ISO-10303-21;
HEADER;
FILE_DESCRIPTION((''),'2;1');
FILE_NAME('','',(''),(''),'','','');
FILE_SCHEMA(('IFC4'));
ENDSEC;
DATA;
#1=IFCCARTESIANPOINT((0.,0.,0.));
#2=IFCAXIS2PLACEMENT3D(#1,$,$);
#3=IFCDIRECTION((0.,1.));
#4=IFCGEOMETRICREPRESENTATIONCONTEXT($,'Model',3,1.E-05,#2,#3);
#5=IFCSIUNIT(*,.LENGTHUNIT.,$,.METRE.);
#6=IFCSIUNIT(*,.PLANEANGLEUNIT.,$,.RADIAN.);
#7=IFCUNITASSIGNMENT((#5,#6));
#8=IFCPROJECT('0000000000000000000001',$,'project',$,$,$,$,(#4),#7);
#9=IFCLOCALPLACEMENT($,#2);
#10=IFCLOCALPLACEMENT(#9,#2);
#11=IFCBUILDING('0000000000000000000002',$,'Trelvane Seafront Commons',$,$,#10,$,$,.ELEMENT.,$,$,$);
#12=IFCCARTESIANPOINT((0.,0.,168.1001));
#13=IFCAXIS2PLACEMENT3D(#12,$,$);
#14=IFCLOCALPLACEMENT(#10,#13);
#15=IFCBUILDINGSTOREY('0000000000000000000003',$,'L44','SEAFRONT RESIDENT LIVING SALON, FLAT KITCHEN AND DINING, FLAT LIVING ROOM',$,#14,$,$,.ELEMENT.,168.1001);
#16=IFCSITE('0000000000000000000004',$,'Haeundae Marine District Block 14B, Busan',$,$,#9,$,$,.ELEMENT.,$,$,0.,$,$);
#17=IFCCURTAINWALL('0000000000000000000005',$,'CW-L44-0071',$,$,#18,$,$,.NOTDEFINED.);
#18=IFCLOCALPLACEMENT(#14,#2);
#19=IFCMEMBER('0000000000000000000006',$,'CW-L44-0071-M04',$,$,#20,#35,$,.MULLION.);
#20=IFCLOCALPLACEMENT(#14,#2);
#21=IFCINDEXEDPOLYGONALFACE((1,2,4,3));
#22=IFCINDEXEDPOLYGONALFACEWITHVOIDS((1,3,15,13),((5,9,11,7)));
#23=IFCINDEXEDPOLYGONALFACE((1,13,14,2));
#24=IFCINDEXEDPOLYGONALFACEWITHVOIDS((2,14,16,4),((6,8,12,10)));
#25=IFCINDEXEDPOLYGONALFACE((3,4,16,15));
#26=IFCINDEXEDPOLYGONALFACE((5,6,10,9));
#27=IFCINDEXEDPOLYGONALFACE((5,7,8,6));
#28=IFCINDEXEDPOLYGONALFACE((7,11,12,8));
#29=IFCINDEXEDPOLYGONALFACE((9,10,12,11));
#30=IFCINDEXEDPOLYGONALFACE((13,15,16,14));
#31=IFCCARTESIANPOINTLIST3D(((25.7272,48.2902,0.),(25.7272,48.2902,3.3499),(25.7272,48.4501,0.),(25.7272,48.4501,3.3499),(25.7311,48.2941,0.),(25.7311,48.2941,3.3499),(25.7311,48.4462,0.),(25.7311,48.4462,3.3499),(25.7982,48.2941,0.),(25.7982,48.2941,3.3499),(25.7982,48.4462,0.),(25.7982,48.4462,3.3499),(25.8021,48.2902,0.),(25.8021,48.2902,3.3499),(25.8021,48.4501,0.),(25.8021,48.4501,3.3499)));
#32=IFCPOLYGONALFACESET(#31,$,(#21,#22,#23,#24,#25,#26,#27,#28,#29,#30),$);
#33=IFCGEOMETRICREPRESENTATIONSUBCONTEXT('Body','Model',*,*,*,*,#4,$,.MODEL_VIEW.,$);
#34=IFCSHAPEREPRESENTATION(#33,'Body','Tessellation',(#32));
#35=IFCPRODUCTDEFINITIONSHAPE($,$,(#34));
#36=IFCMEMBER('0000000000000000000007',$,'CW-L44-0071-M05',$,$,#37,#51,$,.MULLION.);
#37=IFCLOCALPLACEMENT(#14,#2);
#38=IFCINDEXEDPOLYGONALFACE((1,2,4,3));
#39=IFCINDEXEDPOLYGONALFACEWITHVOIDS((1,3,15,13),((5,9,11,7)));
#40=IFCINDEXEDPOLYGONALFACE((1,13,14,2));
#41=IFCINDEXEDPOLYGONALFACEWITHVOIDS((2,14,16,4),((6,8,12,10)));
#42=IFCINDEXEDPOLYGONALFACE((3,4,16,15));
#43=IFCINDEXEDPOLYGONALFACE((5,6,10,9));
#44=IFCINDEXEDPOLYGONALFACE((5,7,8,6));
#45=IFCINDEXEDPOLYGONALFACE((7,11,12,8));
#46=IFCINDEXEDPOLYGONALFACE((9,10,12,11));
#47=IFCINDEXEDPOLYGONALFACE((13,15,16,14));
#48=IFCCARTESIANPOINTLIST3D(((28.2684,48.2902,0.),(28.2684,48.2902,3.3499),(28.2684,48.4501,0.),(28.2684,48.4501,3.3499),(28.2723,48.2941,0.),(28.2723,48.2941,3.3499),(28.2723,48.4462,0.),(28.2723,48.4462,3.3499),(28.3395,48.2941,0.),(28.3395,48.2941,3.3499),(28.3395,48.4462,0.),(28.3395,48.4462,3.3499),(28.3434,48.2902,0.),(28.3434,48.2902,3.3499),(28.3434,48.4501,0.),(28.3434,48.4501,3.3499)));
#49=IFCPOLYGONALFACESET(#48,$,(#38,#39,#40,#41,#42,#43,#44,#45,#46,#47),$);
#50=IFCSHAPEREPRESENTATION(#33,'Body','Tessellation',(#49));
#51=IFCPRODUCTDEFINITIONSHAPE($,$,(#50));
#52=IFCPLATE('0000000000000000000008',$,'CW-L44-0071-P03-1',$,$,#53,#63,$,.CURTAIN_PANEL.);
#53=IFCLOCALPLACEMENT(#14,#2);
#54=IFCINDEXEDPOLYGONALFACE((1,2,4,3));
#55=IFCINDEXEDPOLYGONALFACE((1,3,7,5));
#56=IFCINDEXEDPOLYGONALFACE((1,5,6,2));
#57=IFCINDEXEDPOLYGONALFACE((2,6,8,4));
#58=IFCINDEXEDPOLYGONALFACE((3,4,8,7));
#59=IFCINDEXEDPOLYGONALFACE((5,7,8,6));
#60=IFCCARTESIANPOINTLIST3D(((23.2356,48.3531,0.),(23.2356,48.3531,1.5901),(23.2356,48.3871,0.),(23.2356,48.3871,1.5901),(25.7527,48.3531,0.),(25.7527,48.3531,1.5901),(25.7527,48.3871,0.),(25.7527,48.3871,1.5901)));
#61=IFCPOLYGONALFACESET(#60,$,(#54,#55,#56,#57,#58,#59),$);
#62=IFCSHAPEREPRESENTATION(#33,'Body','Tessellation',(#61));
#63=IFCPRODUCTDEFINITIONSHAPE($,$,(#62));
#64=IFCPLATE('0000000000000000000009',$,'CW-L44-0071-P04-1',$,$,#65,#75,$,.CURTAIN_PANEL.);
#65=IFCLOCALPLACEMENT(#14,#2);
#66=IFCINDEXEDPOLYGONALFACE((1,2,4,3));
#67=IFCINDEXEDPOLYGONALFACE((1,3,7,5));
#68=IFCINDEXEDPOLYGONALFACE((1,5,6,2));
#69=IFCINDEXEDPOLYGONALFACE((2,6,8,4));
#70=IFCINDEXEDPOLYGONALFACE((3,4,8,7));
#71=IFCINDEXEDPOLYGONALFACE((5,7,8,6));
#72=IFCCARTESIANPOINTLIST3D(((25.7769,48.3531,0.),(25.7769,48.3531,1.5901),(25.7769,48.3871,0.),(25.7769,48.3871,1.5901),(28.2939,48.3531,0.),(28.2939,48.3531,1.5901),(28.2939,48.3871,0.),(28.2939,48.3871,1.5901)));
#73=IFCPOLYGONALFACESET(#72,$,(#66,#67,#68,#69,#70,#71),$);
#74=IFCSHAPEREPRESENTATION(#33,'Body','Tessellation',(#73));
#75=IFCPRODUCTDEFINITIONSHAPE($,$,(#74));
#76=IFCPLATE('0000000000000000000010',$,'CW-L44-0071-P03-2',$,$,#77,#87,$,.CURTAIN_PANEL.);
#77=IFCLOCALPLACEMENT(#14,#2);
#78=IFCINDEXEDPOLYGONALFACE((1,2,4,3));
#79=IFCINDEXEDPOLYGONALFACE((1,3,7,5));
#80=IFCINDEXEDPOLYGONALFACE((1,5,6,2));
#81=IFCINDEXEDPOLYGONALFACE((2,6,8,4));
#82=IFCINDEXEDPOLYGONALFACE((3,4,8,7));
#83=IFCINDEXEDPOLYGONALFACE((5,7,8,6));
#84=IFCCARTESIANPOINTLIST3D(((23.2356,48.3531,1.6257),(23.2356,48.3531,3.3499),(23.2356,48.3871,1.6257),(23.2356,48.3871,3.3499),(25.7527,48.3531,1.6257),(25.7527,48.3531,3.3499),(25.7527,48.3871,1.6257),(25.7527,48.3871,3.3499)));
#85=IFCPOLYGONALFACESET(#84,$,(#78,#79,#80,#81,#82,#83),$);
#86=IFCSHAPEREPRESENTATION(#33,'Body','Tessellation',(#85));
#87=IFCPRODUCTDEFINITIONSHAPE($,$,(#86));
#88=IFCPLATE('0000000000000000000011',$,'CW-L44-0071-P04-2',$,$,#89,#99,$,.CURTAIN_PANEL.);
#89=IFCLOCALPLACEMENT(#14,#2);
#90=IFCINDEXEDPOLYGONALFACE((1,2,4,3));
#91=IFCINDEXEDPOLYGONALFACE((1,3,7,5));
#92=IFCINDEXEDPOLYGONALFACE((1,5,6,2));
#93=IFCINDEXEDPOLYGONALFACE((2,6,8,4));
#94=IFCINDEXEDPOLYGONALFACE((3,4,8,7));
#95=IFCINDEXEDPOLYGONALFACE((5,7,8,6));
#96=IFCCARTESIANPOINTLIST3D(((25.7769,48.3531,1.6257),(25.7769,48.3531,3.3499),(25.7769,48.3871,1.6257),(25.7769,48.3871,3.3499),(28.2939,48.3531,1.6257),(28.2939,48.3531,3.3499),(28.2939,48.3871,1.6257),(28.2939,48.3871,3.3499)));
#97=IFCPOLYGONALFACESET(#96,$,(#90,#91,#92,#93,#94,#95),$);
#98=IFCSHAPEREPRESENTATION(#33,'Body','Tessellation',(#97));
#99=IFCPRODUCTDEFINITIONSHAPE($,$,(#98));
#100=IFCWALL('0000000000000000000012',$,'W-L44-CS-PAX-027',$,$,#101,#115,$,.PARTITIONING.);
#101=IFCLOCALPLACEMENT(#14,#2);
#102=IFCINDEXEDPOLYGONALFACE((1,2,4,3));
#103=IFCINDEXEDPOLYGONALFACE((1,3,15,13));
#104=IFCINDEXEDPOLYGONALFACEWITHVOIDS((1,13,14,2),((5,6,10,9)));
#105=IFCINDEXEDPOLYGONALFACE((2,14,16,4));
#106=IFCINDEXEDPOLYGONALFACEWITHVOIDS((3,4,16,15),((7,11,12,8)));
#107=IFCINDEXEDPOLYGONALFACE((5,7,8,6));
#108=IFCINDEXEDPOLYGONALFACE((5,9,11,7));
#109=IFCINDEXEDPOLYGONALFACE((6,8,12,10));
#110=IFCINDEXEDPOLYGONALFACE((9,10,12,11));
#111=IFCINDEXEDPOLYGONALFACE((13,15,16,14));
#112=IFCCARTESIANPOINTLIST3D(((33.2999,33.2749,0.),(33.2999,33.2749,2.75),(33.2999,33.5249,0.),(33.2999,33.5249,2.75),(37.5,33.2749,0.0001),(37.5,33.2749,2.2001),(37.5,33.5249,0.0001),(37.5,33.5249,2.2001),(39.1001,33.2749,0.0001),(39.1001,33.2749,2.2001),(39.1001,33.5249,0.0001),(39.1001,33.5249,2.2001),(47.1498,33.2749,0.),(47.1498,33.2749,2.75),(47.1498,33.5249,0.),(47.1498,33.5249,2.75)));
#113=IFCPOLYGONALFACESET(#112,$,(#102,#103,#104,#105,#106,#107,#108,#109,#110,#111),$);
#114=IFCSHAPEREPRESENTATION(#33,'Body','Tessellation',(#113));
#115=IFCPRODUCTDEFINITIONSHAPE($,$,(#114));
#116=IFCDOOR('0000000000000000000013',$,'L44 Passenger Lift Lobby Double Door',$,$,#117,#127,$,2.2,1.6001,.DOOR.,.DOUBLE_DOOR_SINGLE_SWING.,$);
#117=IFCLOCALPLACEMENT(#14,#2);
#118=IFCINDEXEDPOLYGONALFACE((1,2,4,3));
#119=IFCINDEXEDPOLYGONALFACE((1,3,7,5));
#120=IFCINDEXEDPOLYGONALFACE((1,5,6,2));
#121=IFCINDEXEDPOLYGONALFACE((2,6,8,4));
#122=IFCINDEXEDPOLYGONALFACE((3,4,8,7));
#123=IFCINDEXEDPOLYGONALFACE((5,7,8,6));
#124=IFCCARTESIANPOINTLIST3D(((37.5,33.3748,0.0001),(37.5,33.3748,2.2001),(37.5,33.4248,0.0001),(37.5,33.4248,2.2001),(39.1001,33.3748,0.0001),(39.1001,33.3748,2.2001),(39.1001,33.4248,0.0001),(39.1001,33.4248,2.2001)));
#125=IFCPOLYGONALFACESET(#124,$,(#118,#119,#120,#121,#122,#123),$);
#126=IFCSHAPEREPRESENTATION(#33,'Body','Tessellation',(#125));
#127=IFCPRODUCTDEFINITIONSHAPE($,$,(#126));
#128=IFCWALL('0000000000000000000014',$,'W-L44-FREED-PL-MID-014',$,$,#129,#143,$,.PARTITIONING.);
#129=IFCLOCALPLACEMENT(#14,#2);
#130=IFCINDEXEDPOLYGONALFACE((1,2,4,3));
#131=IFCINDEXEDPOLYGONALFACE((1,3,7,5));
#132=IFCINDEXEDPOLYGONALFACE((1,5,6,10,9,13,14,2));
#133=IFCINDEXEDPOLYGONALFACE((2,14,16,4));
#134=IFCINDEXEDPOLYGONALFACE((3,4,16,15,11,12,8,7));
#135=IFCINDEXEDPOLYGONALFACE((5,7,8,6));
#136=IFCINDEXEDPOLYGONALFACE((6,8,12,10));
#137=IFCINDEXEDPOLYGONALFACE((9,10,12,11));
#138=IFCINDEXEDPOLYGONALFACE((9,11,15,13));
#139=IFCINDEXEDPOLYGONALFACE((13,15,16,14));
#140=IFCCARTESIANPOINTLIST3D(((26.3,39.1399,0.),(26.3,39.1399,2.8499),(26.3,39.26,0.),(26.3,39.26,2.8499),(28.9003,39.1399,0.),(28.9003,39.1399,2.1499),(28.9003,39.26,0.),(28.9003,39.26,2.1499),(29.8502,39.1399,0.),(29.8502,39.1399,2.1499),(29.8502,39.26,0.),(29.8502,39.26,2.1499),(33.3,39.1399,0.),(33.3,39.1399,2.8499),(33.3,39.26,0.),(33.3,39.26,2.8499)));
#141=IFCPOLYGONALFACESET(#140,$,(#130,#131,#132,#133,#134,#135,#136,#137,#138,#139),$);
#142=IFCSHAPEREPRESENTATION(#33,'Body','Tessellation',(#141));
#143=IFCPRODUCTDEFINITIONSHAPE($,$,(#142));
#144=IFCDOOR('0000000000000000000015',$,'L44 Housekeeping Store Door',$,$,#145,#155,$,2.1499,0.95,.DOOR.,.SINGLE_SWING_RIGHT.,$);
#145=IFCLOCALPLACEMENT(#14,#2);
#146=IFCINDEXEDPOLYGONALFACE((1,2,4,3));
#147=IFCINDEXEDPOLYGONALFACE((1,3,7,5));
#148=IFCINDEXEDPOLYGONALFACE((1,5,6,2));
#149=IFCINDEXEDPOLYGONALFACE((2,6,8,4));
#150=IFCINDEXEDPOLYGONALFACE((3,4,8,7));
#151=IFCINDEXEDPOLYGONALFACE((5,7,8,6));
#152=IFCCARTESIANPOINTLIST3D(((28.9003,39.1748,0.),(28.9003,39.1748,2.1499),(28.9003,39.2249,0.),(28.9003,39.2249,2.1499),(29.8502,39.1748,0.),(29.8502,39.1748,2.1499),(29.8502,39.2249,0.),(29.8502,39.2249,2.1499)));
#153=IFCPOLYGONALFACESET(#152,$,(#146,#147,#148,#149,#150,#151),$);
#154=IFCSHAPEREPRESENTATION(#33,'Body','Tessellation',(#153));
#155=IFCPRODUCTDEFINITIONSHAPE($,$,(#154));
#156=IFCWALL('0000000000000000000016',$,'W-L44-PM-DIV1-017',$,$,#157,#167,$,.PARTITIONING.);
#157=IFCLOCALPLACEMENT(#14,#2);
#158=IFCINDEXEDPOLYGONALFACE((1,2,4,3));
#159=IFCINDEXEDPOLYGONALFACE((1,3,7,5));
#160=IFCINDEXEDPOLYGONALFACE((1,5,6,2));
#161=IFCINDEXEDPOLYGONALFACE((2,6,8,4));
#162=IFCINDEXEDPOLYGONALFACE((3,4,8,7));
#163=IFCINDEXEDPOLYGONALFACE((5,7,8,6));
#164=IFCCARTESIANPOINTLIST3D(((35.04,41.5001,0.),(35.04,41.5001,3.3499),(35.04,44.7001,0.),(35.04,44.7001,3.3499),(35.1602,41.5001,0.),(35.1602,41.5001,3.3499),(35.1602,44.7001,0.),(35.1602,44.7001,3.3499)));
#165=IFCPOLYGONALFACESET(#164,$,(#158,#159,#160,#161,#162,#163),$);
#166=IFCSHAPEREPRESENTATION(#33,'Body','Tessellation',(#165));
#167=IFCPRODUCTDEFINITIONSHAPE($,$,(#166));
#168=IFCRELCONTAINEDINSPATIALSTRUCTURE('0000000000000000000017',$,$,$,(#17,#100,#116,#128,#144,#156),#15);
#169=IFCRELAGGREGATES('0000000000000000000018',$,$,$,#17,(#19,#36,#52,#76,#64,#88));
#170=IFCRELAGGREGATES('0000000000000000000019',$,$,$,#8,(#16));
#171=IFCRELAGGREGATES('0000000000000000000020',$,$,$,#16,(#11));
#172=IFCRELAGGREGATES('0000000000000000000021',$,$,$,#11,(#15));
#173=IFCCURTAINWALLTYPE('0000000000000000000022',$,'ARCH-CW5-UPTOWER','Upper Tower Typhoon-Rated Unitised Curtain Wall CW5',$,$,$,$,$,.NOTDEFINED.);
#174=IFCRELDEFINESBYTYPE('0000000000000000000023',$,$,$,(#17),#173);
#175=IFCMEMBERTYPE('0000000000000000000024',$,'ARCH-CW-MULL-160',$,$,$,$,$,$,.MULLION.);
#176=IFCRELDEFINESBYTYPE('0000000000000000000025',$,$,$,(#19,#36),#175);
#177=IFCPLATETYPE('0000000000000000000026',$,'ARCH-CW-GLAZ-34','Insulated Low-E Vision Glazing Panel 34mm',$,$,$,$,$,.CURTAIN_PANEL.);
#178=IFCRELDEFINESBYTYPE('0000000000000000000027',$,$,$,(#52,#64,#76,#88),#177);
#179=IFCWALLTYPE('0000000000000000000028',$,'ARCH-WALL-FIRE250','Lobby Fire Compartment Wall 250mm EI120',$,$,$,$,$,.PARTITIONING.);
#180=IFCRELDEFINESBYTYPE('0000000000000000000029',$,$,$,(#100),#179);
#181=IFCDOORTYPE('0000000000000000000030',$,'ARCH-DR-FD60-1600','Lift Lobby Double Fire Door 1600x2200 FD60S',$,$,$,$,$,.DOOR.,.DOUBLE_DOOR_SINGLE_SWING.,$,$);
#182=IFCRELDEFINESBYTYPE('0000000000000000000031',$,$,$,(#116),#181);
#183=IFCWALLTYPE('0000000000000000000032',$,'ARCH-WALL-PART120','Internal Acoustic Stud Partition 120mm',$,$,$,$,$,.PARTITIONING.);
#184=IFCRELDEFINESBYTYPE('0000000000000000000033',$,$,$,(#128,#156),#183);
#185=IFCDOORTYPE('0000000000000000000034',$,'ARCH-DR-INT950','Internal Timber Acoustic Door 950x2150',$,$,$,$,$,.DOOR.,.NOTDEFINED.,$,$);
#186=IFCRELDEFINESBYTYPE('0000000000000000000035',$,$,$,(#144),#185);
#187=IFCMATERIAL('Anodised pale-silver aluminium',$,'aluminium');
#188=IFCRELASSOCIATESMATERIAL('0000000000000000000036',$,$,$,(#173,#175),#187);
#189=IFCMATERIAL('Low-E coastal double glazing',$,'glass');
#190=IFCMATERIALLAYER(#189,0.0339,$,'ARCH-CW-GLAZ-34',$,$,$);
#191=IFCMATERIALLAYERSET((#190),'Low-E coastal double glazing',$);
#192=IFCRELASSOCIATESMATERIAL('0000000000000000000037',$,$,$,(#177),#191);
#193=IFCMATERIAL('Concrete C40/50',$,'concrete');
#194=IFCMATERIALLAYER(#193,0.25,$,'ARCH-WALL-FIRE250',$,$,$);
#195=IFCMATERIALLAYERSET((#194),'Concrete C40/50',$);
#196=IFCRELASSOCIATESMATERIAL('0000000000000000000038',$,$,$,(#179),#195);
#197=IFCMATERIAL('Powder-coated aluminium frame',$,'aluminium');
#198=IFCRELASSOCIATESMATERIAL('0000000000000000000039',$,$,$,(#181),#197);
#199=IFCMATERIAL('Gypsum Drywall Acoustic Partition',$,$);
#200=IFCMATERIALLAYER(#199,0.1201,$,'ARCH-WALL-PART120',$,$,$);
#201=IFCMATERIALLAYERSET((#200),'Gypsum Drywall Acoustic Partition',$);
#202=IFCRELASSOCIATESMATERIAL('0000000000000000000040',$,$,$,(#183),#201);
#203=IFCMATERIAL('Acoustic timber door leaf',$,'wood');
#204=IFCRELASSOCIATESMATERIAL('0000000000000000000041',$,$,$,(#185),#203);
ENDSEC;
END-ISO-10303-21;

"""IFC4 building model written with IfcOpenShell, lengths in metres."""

from ifc_helpers import new_model, si_unit, direction, frame, frame_2d, origin, origin_2d, place, context, subcontext, project, spatial, rectangle, hollow_rectangle, extrude, source, transform, mapped, material, layer, layer_set, material_profile, profile_set, type_object, element, fill, aggregate, save


model = new_model("IFC4")

# Units and contexts
model_context = context("Model", 3, precision=1e-05, world=origin(), true_north=direction((0.0, 1.0)))
body_context = subcontext(model_context, "Body", "Model", "MODEL_VIEW")
ifc_project = project(units=[si_unit("LENGTHUNIT", "METRE"), si_unit("PLANEANGLEUNIT", "RADIAN")], contexts=[model_context])

# Site, building, storey
site_placement = place(None, origin())
site = spatial("IfcSite", under=ifc_project, at=site_placement, Name="Haeundae Marine District Block 14B, Busan", CompositionType="ELEMENT", RefElevation=0.0)
building_placement = place(site_placement, origin())
building = spatial("IfcBuilding", under=site, at=building_placement, Name="Trelvane Seafront Commons", CompositionType="ELEMENT")
storey_placement = place(building_placement, frame((0.0, 0.0, 168.1001)))
storey = spatial("IfcBuildingStorey", under=building, at=storey_placement, Name="L44", Description="SEAFRONT RESIDENT LIVING SALON, FLAT KITCHEN AND DINING, FLAT LIVING ROOM", CompositionType="ELEMENT", Elevation=168.1001)

# Curtain wall, members, plates
ifc_material_1 = material(Name="Anodised pale-silver aluminium", Category="aluminium")
curtain_wall_type = type_object("IfcCurtainWallType", Name="ARCH-CW5-UPTOWER", Description="Upper Tower Typhoon-Rated Unitised Curtain Wall CW5", PredefinedType="NOTDEFINED", material=ifc_material_1)
curtain_wall_placement = place(storey_placement, origin())
curtain_wall = element("IfcCurtainWall", 1, at=curtain_wall_placement, inside=storey, type_object=curtain_wall_type, Name="CW-L44-0071", PredefinedType="NOTDEFINED")
ifc_material_profile_1 = material_profile(ifc_material_1, hollow_rectangle(XDim=0.075, YDim=0.1599, WallThickness=0.0039, at=origin_2d()), Name="MULL-75x160x4")
ifc_profile_set_1 = profile_set([ifc_material_profile_1], Name="Anodised pale-silver aluminium")
member_type_1 = type_object("IfcMemberType", Name="ARCH-CW-MULL-160", PredefinedType="MULLION", material=ifc_profile_set_1)
shared_shape_1 = source(origin(), body_context, "Body", "SweptSolid", [
    extrude(hollow_rectangle(XDim=0.075, YDim=0.1599, WallThickness=0.0039, at=origin_2d()), origin(), (0.0, 0.0, 1.0), 3.3499),
])
member_1_placement = place(storey_placement, frame((25.7646, 48.3701, 0.0), z_axis=(0.0, 0.0, 1.0), x_axis=(1.0, 0.0, 0.0)))
member_1 = element("IfcMember", 2, at=member_1_placement, type_object=member_type_1, Name="CW-L44-0071-M04", PredefinedType="MULLION", context=body_context, shape_type="MappedRepresentation", body=[
    mapped(shared_shape_1, transform((0.0, 0.0, 0.0), x_axis=(1.0, 0.0, 0.0), y_axis=(0.0, 1.0, 0.0), z_axis=(0.0, 0.0, 1.0), scale=1.0)),
])
member_2_placement = place(storey_placement, frame((28.3059, 48.3701, 0.0), z_axis=(0.0, 0.0, 1.0), x_axis=(1.0, 0.0, 0.0)))
member_2 = element("IfcMember", 3, at=member_2_placement, type_object=member_type_1, Name="CW-L44-0071-M05", PredefinedType="MULLION", context=body_context, shape_type="MappedRepresentation", body=[
    mapped(shared_shape_1, transform((0.0, 0.0, 0.0), x_axis=(1.0, 0.0, 0.0), y_axis=(0.0, 1.0, 0.0), z_axis=(0.0, 0.0, 1.0), scale=1.0)),
])
ifc_material_2 = material(Name="Low-E coastal double glazing", Category="glass")
ifc_layer_1 = layer(ifc_material_2, 0.0339, Name="ARCH-CW-GLAZ-34")
ifc_layer_set_1 = layer_set([ifc_layer_1], Name="Low-E coastal double glazing")
plate_type = type_object("IfcPlateType", Name="ARCH-CW-GLAZ-34", Description="Insulated Low-E Vision Glazing Panel 34mm", PredefinedType="CURTAIN_PANEL", material=ifc_layer_set_1)
shared_shape_2 = source(origin(), body_context, "Body", "SweptSolid", [
    extrude(rectangle(XDim=2.5171, YDim=0.0339, at=origin_2d()), origin(), (0.0, 0.0, 1.0), 1.5901),
])
plate_1_placement = place(storey_placement, frame((24.4941, 48.3701, 0.0), z_axis=(0.0, 0.0, 1.0), x_axis=(1.0, 0.0, 0.0)))
plate_1 = element("IfcPlate", 4, at=plate_1_placement, type_object=plate_type, Name="CW-L44-0071-P03-1", PredefinedType="CURTAIN_PANEL", context=body_context, shape_type="MappedRepresentation", body=[
    mapped(shared_shape_2, transform((0.0, 0.0, 0.0), x_axis=(1.0, 0.0, 0.0), y_axis=(0.0, 1.0, 0.0), z_axis=(0.0, 0.0, 1.0), scale=1.0)),
])
plate_2_placement = place(storey_placement, frame((27.0354, 48.3701, 0.0), z_axis=(0.0, 0.0, 1.0), x_axis=(1.0, 0.0, 0.0)))
plate_2 = element("IfcPlate", 5, at=plate_2_placement, type_object=plate_type, Name="CW-L44-0071-P04-1", PredefinedType="CURTAIN_PANEL", context=body_context, shape_type="MappedRepresentation", body=[
    mapped(shared_shape_2, transform((0.0, 0.0, 0.0), x_axis=(1.0, 0.0, 0.0), y_axis=(0.0, 1.0, 0.0), z_axis=(0.0, 0.0, 1.0), scale=1.0)),
])
shared_shape_3 = source(origin(), body_context, "Body", "SweptSolid", [
    extrude(rectangle(XDim=2.5171, YDim=0.0339, at=origin_2d()), origin(), (0.0, 0.0, 1.0), 1.7241),
])
plate_3_placement = place(storey_placement, frame((24.4941, 48.3701, 1.6257), z_axis=(0.0, 0.0, 1.0), x_axis=(1.0, 0.0, 0.0)))
plate_3 = element("IfcPlate", 6, at=plate_3_placement, type_object=plate_type, Name="CW-L44-0071-P03-2", PredefinedType="CURTAIN_PANEL", context=body_context, shape_type="MappedRepresentation", body=[
    mapped(shared_shape_3, transform((0.0, 0.0, 0.0), x_axis=(1.0, 0.0, 0.0), y_axis=(0.0, 1.0, 0.0), z_axis=(0.0, 0.0, 1.0), scale=1.0)),
])
plate_4_placement = place(storey_placement, frame((27.0354, 48.3701, 1.6257), z_axis=(0.0, 0.0, 1.0), x_axis=(1.0, 0.0, 0.0)))
plate_4 = element("IfcPlate", 7, at=plate_4_placement, type_object=plate_type, Name="CW-L44-0071-P04-2", PredefinedType="CURTAIN_PANEL", context=body_context, shape_type="MappedRepresentation", body=[
    mapped(shared_shape_3, transform((0.0, 0.0, 0.0), x_axis=(1.0, 0.0, 0.0), y_axis=(0.0, 1.0, 0.0), z_axis=(0.0, 0.0, 1.0), scale=1.0)),
])
aggregate(curtain_wall, [member_1, member_2, plate_1, plate_3, plate_2, plate_4])

# Walls, openings, doors
ifc_material_3 = material(Name="Concrete C40/50", Category="concrete")
ifc_layer_2 = layer(ifc_material_3, 0.25, Name="ARCH-WALL-FIRE250")
ifc_layer_set_2 = layer_set([ifc_layer_2], Name="Concrete C40/50")
wall_type_1 = type_object("IfcWallType", Name="ARCH-WALL-FIRE250", Description="Lobby Fire Compartment Wall 250mm EI120", PredefinedType="PARTITIONING", material=ifc_layer_set_2)
wall_1_placement = place(storey_placement, frame((33.3, 33.3999, 0.0), z_axis=(0.0, 0.0, 1.0), x_axis=(1.0, 0.0, 0.0)))
wall_1 = element("IfcWall", 8, at=wall_1_placement, inside=storey, type_object=wall_type_1, Name="W-L44-CS-PAX-027", PredefinedType="PARTITIONING", context=body_context, shape_type="SweptSolid", body=[
    extrude(rectangle(XDim=13.8499, YDim=0.25, at=frame_2d((6.9248, 0.0))), origin(), (0.0, 0.0, 1.0), 2.75),
])
opening_1_placement = place(wall_1_placement, frame((4.2, 0.0, 0.0)))
opening_1 = element("IfcOpeningElement", 9, at=opening_1_placement, cuts=wall_1, PredefinedType="OPENING", context=body_context, shape_type="SweptSolid", body=[
    extrude(rectangle(XDim=1.6001, YDim=2.2, at=frame_2d((0.8, 1.1001))), frame((0.0, 0.135, 0.0), z_axis=(0.0, -1.0, 0.0), x_axis=(1.0, 0.0, 0.0)), (0.0, 0.0, 1.0), 0.27),
])
ifc_material_4 = material(Name="Powder-coated aluminium frame", Category="aluminium")
door_type_1 = type_object("IfcDoorType", Name="ARCH-DR-FD60-1600", Description="Lift Lobby Double Fire Door 1600x2200 FD60S", OperationType="DOUBLE_DOOR_SINGLE_SWING", PredefinedType="DOOR", material=ifc_material_4)
shared_shape_4 = source(origin(), body_context, "Body", "SweptSolid", [
    extrude(rectangle(XDim=1.6001, YDim=2.2, at=frame_2d((0.8, 1.1001))), frame((0.0, 0.0249, 0.0), z_axis=(0.0, -1.0, 0.0), x_axis=(1.0, 0.0, 0.0)), (0.0, 0.0, 1.0), 0.05),
])
door_1_placement = place(opening_1_placement, origin())
door_1 = element("IfcDoor", 10, at=door_1_placement, inside=storey, type_object=door_type_1, Name="L44 Passenger Lift Lobby Double Door", OperationType="DOUBLE_DOOR_SINGLE_SWING", OverallHeight=2.2, OverallWidth=1.6001, PredefinedType="DOOR", context=body_context, shape_type="MappedRepresentation", body=[
    mapped(shared_shape_4, transform((0.0, 0.0, 0.0), x_axis=(1.0, 0.0, 0.0), y_axis=(0.0, 1.0, 0.0), z_axis=(0.0, 0.0, 1.0), scale=1.0)),
])
fill(opening_1, door_1)
ifc_material_5 = material(Name="Gypsum Drywall Acoustic Partition")
ifc_layer_3 = layer(ifc_material_5, 0.1201, Name="ARCH-WALL-PART120")
ifc_layer_set_3 = layer_set([ifc_layer_3], Name="Gypsum Drywall Acoustic Partition")
wall_type_2 = type_object("IfcWallType", Name="ARCH-WALL-PART120", Description="Internal Acoustic Stud Partition 120mm", PredefinedType="PARTITIONING", material=ifc_layer_set_3)
wall_2_placement = place(storey_placement, frame((26.3, 39.2, 0.0), z_axis=(0.0, 0.0, 1.0), x_axis=(1.0, 0.0, 0.0)))
wall_2 = element("IfcWall", 11, at=wall_2_placement, inside=storey, type_object=wall_type_2, Name="W-L44-FREED-PL-MID-014", PredefinedType="PARTITIONING", context=body_context, shape_type="SweptSolid", body=[
    extrude(rectangle(XDim=7.0, YDim=0.1201, at=frame_2d((3.5, 0.0))), origin(), (0.0, 0.0, 1.0), 2.8499),
])
opening_2_placement = place(wall_2_placement, frame((2.6001, 0.0, 0.0)))
opening_2 = element("IfcOpeningElement", 12, at=opening_2_placement, cuts=wall_2, PredefinedType="OPENING", context=body_context, shape_type="SweptSolid", body=[
    extrude(rectangle(XDim=0.95, YDim=2.1499, at=frame_2d((0.4751, 1.075))), frame((0.0, 0.0701, 0.0), z_axis=(0.0, -1.0, 0.0), x_axis=(1.0, 0.0, 0.0)), (0.0, 0.0, 1.0), 0.1401),
])
ifc_material_6 = material(Name="Acoustic timber door leaf", Category="wood")
door_type_2 = type_object("IfcDoorType", Name="ARCH-DR-INT950", Description="Internal Timber Acoustic Door 950x2150", OperationType="NOTDEFINED", PredefinedType="DOOR", material=ifc_material_6)
shared_shape_5 = source(origin(), body_context, "Body", "SweptSolid", [
    extrude(rectangle(XDim=0.95, YDim=2.1499, at=frame_2d((0.4751, 1.075))), frame((0.0, 0.0249, 0.0), z_axis=(0.0, -1.0, 0.0), x_axis=(1.0, 0.0, 0.0)), (0.0, 0.0, 1.0), 0.05),
])
door_2_placement = place(opening_2_placement, origin())
door_2 = element("IfcDoor", 13, at=door_2_placement, inside=storey, type_object=door_type_2, Name="L44 Housekeeping Store Door", OperationType="SINGLE_SWING_RIGHT", OverallHeight=2.1499, OverallWidth=0.95, PredefinedType="DOOR", context=body_context, shape_type="MappedRepresentation", body=[
    mapped(shared_shape_5, transform((0.0, 0.0, 0.0), x_axis=(1.0, 0.0, 0.0), y_axis=(0.0, 1.0, 0.0), z_axis=(0.0, 0.0, 1.0), scale=1.0)),
])
fill(opening_2, door_2)

# Wall
for number, where, z_axis, x_axis, name in (
    (14, (35.1001, 41.5, 0.0), (0.0, 0.0, 1.0), (0.0, 1.0, 0.0), "W-L44-PM-DIV1-017"),
):
    element("IfcWall", number, at=place(storey_placement, frame(where, z_axis=z_axis, x_axis=x_axis)), inside=storey, type_object=wall_type_2, Name=name, PredefinedType="PARTITIONING", context=body_context, shape_type="SweptSolid", body=[
        extrude(rectangle(XDim=3.2, YDim=0.1201, at=frame_2d((1.6001, 0.0))), origin(), (0.0, 0.0, 1.0), 3.3499),
    ])

save(model, "model.ifc")
